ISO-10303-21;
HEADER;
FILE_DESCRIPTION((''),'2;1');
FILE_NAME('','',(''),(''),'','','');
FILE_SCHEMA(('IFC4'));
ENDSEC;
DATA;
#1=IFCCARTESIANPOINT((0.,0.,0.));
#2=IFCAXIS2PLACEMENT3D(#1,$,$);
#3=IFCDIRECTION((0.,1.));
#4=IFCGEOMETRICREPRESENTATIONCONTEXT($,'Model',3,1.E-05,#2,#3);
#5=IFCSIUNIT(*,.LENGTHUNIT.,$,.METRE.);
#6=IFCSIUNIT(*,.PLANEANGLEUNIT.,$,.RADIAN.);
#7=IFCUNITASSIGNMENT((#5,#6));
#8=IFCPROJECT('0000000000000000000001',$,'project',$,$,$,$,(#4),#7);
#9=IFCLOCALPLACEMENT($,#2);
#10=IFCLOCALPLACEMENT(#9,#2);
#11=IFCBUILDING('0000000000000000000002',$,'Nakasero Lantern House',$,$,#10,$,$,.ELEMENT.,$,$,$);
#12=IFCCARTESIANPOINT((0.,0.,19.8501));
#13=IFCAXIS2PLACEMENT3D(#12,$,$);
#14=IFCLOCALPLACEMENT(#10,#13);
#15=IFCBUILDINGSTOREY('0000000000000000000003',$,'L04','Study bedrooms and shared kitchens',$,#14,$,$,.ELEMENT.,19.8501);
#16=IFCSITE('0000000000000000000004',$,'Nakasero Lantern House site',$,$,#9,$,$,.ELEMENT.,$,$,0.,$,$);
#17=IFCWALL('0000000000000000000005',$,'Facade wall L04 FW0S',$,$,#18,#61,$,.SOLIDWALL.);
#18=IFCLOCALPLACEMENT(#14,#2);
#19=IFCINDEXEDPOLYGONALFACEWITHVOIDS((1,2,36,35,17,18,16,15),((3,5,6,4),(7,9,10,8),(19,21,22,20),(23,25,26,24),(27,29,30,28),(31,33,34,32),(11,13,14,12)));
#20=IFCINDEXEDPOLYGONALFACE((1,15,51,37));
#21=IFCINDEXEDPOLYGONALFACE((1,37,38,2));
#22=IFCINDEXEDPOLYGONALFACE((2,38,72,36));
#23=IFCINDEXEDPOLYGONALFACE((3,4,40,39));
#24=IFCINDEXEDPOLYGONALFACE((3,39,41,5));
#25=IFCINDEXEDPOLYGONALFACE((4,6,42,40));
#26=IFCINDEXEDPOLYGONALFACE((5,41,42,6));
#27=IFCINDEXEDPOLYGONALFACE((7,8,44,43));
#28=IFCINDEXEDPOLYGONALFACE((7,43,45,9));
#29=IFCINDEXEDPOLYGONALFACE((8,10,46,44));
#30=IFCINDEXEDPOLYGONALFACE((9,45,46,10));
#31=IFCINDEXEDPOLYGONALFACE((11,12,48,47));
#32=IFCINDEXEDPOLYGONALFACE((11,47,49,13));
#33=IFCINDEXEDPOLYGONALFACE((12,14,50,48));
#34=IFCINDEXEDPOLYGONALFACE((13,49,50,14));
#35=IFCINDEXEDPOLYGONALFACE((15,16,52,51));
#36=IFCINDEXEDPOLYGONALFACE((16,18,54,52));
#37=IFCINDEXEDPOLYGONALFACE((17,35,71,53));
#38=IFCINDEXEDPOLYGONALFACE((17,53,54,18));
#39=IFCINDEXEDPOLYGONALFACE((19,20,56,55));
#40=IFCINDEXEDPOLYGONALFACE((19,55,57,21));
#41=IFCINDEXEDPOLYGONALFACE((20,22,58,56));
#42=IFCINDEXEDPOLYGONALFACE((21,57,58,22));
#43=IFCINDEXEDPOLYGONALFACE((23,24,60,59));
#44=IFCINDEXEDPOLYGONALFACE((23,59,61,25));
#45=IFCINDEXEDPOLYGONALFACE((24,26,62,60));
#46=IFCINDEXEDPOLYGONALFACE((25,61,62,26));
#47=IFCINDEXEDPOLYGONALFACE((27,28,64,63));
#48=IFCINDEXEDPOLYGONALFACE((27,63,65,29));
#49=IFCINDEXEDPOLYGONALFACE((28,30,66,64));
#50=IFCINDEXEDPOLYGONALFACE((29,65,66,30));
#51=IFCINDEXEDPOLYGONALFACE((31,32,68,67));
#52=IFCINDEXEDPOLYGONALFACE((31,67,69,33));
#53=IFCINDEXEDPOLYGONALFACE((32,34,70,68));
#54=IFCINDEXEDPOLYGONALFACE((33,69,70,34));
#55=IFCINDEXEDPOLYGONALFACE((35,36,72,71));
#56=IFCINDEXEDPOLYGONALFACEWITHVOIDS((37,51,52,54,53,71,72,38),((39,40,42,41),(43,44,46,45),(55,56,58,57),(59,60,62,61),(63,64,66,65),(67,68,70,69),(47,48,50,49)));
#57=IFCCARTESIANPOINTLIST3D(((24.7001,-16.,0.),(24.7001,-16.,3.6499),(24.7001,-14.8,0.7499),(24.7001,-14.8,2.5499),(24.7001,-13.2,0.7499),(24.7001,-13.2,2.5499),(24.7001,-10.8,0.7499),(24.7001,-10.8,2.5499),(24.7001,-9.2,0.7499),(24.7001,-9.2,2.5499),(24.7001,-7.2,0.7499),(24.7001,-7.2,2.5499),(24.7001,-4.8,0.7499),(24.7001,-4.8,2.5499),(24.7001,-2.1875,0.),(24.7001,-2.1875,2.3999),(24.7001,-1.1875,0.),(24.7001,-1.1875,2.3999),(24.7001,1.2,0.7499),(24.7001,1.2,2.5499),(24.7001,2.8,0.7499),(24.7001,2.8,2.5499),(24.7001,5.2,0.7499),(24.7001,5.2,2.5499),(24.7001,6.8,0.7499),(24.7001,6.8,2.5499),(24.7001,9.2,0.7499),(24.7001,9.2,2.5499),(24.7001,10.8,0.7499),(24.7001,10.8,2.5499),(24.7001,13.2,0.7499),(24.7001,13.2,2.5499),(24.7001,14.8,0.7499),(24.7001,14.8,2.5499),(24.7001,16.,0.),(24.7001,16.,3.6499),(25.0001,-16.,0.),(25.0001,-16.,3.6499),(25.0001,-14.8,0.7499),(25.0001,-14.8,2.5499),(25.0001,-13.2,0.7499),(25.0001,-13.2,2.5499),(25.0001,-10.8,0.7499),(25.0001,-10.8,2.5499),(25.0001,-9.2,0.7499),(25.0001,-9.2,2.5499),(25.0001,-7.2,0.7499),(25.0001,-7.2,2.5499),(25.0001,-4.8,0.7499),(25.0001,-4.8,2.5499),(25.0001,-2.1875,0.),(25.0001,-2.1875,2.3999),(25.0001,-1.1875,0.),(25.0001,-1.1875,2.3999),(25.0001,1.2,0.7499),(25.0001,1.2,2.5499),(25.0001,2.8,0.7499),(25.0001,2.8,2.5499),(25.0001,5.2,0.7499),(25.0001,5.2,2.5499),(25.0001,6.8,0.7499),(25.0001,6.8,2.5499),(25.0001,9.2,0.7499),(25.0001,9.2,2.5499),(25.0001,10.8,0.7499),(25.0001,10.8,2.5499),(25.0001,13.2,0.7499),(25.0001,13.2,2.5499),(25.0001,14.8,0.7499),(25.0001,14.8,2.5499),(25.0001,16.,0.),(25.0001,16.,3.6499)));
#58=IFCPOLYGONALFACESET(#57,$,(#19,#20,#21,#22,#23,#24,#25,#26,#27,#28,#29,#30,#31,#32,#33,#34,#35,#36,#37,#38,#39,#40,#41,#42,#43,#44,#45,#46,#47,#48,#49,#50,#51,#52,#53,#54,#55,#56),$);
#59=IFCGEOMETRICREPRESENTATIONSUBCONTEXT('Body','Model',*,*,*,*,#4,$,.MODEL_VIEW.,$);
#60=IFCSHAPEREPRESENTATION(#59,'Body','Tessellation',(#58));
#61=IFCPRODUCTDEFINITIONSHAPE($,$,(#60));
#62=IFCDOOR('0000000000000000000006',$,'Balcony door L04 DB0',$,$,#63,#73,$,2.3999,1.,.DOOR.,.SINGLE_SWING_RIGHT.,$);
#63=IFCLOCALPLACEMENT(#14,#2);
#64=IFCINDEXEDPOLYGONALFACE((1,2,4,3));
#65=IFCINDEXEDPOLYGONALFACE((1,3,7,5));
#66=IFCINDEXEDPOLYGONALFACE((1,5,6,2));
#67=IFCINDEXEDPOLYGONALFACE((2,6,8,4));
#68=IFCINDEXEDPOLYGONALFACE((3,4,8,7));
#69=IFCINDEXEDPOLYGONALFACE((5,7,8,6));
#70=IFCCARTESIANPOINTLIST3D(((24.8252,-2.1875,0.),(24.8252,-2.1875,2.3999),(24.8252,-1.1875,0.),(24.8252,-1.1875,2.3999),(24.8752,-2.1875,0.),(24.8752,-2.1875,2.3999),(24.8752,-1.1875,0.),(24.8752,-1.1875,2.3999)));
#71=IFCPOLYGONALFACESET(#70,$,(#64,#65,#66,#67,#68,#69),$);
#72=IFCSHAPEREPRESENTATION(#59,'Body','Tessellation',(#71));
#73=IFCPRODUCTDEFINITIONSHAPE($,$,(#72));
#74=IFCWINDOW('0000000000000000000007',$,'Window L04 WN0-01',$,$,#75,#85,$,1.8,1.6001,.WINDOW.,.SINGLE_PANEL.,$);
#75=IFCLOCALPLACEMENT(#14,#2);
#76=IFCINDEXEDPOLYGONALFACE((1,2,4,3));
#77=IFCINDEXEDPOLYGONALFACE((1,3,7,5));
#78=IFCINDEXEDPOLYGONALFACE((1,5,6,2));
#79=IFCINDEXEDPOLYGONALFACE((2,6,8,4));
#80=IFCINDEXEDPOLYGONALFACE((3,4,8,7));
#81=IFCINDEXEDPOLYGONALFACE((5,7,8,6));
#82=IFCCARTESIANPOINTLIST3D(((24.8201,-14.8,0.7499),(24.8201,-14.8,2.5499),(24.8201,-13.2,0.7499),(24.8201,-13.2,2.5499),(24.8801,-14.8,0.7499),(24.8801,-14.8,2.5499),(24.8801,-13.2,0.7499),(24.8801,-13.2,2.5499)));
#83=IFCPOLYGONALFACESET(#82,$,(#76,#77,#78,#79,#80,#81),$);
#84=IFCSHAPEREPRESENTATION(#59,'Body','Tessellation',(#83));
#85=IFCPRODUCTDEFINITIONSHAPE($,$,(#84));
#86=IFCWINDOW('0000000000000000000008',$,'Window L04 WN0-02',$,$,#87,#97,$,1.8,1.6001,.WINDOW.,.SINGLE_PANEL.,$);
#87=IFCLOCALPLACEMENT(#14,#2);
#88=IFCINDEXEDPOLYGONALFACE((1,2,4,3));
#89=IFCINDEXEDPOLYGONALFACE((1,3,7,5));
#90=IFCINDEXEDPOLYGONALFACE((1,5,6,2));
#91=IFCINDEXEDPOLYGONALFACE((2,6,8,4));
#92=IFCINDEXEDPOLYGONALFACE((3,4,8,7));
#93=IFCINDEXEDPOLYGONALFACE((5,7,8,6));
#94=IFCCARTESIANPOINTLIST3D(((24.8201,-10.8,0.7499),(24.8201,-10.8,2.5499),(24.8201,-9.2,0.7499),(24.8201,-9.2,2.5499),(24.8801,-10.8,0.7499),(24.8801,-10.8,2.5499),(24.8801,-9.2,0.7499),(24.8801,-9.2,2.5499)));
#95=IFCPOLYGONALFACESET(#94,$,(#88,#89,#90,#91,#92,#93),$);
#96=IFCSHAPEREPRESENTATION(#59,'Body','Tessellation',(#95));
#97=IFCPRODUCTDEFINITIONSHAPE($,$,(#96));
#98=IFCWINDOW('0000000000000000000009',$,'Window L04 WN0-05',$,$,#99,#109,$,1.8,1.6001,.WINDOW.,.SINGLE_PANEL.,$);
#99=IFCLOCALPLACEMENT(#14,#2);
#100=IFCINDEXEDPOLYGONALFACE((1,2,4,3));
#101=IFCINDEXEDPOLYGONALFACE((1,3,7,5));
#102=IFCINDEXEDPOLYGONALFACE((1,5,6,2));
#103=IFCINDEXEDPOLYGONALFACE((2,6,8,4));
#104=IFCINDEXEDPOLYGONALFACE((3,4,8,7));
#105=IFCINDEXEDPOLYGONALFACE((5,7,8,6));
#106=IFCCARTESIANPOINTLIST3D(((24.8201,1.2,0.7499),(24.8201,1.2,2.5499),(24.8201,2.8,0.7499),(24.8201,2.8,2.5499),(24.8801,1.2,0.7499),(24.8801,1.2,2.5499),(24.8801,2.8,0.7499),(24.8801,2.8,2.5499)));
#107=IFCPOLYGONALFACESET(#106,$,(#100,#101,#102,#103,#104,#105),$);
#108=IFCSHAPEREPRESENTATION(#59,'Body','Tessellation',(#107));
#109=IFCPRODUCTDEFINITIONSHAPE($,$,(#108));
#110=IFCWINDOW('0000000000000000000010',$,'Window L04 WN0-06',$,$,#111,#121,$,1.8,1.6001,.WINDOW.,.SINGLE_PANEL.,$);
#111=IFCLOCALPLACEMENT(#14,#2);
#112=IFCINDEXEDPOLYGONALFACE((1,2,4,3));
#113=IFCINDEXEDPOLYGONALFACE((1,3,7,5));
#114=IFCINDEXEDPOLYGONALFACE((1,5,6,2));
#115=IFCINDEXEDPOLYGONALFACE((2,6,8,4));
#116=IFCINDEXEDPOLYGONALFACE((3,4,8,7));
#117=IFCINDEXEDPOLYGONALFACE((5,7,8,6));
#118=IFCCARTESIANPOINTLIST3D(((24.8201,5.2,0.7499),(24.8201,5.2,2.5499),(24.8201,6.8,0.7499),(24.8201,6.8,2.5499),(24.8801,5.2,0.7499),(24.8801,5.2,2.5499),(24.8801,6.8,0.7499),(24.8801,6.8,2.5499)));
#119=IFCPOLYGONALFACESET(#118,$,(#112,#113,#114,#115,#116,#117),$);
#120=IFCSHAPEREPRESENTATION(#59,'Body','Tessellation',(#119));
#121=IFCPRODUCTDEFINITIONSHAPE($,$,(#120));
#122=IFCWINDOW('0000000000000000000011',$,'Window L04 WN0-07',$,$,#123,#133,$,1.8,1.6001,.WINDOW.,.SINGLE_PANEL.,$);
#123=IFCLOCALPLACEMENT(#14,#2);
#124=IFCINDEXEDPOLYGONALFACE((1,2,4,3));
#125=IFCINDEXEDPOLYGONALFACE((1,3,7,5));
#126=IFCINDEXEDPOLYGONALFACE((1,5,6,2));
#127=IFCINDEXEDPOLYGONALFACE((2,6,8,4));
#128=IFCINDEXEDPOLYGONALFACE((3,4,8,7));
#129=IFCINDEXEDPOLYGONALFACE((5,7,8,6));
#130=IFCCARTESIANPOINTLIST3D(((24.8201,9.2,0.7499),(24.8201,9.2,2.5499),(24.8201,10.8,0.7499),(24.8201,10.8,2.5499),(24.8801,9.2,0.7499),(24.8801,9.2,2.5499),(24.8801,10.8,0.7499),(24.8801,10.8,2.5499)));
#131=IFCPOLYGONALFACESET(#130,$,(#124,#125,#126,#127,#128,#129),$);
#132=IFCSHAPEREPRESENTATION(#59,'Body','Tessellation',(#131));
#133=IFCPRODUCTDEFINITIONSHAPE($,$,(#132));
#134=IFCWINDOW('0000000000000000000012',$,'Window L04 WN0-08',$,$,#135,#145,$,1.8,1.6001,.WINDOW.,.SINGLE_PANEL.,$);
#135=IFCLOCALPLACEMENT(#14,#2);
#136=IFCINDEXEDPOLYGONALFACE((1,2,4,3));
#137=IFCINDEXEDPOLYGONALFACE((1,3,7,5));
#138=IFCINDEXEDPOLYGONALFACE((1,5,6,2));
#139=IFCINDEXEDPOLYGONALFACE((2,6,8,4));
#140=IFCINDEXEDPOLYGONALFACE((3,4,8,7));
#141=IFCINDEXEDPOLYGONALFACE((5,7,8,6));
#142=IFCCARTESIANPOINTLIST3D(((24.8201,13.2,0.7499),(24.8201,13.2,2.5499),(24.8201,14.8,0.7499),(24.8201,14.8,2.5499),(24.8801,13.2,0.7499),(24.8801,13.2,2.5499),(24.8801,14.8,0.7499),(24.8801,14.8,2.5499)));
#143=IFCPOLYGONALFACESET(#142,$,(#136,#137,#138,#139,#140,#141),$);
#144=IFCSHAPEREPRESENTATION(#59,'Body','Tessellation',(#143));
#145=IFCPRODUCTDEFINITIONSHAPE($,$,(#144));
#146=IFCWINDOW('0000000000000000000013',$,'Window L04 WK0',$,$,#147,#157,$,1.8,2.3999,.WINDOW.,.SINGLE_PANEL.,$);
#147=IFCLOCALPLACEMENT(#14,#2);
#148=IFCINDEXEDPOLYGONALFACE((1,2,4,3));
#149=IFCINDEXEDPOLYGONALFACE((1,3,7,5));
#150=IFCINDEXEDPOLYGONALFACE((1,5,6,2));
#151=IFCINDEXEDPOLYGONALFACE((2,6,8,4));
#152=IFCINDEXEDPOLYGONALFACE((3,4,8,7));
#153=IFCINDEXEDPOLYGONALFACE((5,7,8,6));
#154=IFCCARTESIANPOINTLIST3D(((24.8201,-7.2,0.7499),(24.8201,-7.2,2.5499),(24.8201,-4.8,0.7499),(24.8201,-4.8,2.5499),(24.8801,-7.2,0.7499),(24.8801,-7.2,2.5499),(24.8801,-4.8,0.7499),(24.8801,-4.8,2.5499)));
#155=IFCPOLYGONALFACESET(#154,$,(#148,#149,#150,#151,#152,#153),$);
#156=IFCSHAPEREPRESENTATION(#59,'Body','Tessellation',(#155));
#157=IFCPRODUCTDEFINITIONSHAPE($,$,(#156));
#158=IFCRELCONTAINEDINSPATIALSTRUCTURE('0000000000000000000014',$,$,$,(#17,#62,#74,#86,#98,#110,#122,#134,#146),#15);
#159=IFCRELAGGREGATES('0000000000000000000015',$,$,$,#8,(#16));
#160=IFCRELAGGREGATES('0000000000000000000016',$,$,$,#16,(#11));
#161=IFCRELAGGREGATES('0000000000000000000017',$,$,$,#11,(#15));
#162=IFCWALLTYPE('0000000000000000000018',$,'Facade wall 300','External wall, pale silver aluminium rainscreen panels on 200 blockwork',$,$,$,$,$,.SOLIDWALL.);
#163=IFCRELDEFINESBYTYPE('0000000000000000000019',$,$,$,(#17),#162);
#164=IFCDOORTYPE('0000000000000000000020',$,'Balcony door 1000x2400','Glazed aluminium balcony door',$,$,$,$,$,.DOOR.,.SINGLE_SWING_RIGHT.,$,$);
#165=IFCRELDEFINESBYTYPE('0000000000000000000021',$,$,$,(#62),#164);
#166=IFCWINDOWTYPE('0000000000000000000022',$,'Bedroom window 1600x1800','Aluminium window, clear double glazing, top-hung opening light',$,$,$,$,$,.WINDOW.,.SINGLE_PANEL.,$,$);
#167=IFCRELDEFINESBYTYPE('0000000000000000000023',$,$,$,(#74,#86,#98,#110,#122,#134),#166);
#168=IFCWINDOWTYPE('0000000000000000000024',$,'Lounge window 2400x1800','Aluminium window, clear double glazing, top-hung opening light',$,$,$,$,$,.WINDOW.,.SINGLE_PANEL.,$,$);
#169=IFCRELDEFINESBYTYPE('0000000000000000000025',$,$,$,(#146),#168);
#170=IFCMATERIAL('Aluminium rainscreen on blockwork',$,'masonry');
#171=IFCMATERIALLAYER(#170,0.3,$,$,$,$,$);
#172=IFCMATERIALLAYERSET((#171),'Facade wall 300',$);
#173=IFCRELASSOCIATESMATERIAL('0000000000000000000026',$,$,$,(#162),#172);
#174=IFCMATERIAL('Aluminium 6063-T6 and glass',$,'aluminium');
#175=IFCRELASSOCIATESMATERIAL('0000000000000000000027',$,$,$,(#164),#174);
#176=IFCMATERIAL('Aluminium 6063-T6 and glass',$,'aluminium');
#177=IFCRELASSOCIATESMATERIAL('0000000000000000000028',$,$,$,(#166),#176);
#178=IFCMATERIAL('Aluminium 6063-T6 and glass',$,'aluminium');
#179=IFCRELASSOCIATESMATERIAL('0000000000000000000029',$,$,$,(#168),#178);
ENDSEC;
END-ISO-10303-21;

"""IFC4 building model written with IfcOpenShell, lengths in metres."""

from ifc_helpers import new_model, si_unit, direction, frame, frame_2d, origin, place, context, subcontext, project, spatial, rectangle, extrude, material, layer, layer_set, type_object, element, fill, save


model = new_model("IFC4")

# Units and contexts
model_context = context("Model", 3, precision=1e-05, world=origin(), true_north=direction((0.0, 1.0)))
body_context = subcontext(model_context, "Body", "Model", "MODEL_VIEW")
ifc_project = project(units=[si_unit("LENGTHUNIT", "METRE"), si_unit("PLANEANGLEUNIT", "RADIAN")], contexts=[model_context])

# Site, building, storey
site_placement = place(None, origin())
site = spatial("IfcSite", under=ifc_project, at=site_placement, Name="Nakasero Lantern House site", CompositionType="ELEMENT", RefElevation=0.0)
building_placement = place(site_placement, origin())
building = spatial("IfcBuilding", under=site, at=building_placement, Name="Nakasero Lantern House", CompositionType="ELEMENT")
storey_placement = place(building_placement, frame((0.0, 0.0, 19.8501)))
storey = spatial("IfcBuildingStorey", under=building, at=storey_placement, Name="L04", Description="Study bedrooms and shared kitchens", CompositionType="ELEMENT", Elevation=19.8501)

# Wall, openings, door, windows
ifc_material_1 = material(Name="Aluminium rainscreen on blockwork", Category="masonry")
ifc_layer_1 = layer(ifc_material_1, 0.3)
ifc_layer_set_1 = layer_set([ifc_layer_1], Name="Facade wall 300")
wall_type_1 = type_object("IfcWallType", Name="Facade wall 300", Description="External wall, pale silver aluminium rainscreen panels on 200 blockwork", PredefinedType="SOLIDWALL", material=ifc_layer_set_1)
wall_1_placement = place(storey_placement, frame((24.8501, -16.0, 0.0), z_axis=(0.0, 0.0, 1.0), x_axis=(0.0, 1.0, 0.0)))
wall_1 = element("IfcWall", 1, at=wall_1_placement, inside=storey, type_object=wall_type_1, Name="Facade wall L04 FW0S", PredefinedType="SOLIDWALL", context=body_context, shape_type="SweptSolid", body=[
    extrude(rectangle(XDim=32.0, YDim=0.3, at=frame_2d((16.0, 0.0))), origin(), (0.0, 0.0, 1.0), 3.6499),
])
opening_1_placement = place(wall_1_placement, frame((1.2, 0.0, 0.75)))
opening_1 = element("IfcOpeningElement", 2, at=opening_1_placement, cuts=wall_1, PredefinedType="OPENING", context=body_context, shape_type="SweptSolid", body=[
    extrude(rectangle(XDim=1.6001, YDim=1.8, at=frame_2d((0.8, 0.8999))), frame((0.0, 0.1699, 0.0), z_axis=(0.0, -1.0, 0.0), x_axis=(1.0, 0.0, 0.0)), (0.0, 0.0, 1.0), 0.3401),
])
opening_2_placement = place(wall_1_placement, frame((5.2, 0.0, 0.75)))
opening_2 = element("IfcOpeningElement", 3, at=opening_2_placement, cuts=wall_1, PredefinedType="OPENING", context=body_context, shape_type="SweptSolid", body=[
    extrude(rectangle(XDim=1.6001, YDim=1.8, at=frame_2d((0.8, 0.8999))), frame((0.0, 0.1699, 0.0), z_axis=(0.0, -1.0, 0.0), x_axis=(1.0, 0.0, 0.0)), (0.0, 0.0, 1.0), 0.3401),
])
opening_3_placement = place(wall_1_placement, frame((17.2, 0.0, 0.75)))
opening_3 = element("IfcOpeningElement", 4, at=opening_3_placement, cuts=wall_1, PredefinedType="OPENING", context=body_context, shape_type="SweptSolid", body=[
    extrude(rectangle(XDim=1.6001, YDim=1.8, at=frame_2d((0.8, 0.8999))), frame((0.0, 0.1699, 0.0), z_axis=(0.0, -1.0, 0.0), x_axis=(1.0, 0.0, 0.0)), (0.0, 0.0, 1.0), 0.3401),
])
opening_4_placement = place(wall_1_placement, frame((21.2, 0.0, 0.75)))
opening_4 = element("IfcOpeningElement", 5, at=opening_4_placement, cuts=wall_1, PredefinedType="OPENING", context=body_context, shape_type="SweptSolid", body=[
    extrude(rectangle(XDim=1.6001, YDim=1.8, at=frame_2d((0.8, 0.8999))), frame((0.0, 0.1699, 0.0), z_axis=(0.0, -1.0, 0.0), x_axis=(1.0, 0.0, 0.0)), (0.0, 0.0, 1.0), 0.3401),
])
opening_5_placement = place(wall_1_placement, frame((25.2, 0.0, 0.75)))
opening_5 = element("IfcOpeningElement", 6, at=opening_5_placement, cuts=wall_1, PredefinedType="OPENING", context=body_context, shape_type="SweptSolid", body=[
    extrude(rectangle(XDim=1.6001, YDim=1.8, at=frame_2d((0.8, 0.8999))), frame((0.0, 0.1699, 0.0), z_axis=(0.0, -1.0, 0.0), x_axis=(1.0, 0.0, 0.0)), (0.0, 0.0, 1.0), 0.3401),
])
opening_6_placement = place(wall_1_placement, frame((29.2, 0.0, 0.75)))
opening_6 = element("IfcOpeningElement", 7, at=opening_6_placement, cuts=wall_1, PredefinedType="OPENING", context=body_context, shape_type="SweptSolid", body=[
    extrude(rectangle(XDim=1.6001, YDim=1.8, at=frame_2d((0.8, 0.8999))), frame((0.0, 0.1699, 0.0), z_axis=(0.0, -1.0, 0.0), x_axis=(1.0, 0.0, 0.0)), (0.0, 0.0, 1.0), 0.3401),
])
opening_7_placement = place(wall_1_placement, frame((8.8, 0.0, 0.75)))
opening_7 = element("IfcOpeningElement", 8, at=opening_7_placement, cuts=wall_1, PredefinedType="OPENING", context=body_context, shape_type="SweptSolid", body=[
    extrude(rectangle(XDim=2.3999, YDim=1.8, at=frame_2d((1.2, 0.8999))), frame((0.0, 0.1699, 0.0), z_axis=(0.0, -1.0, 0.0), x_axis=(1.0, 0.0, 0.0)), (0.0, 0.0, 1.0), 0.3401),
])
opening_8_placement = place(wall_1_placement, frame((13.8125, 0.0, 0.0)))
opening_8 = element("IfcOpeningElement", 9, at=opening_8_placement, cuts=wall_1, PredefinedType="OPENING", context=body_context, shape_type="SweptSolid", body=[
    extrude(rectangle(XDim=1.0, YDim=2.3999, at=frame_2d((0.5, 1.2))), frame((0.0, 0.1699, 0.0), z_axis=(0.0, -1.0, 0.0), x_axis=(1.0, 0.0, 0.0)), (0.0, 0.0, 1.0), 0.3401),
])
ifc_material_2 = material(Name="Aluminium 6063-T6 and glass", Category="aluminium")
door_type = type_object("IfcDoorType", Name="Balcony door 1000x2400", Description="Glazed aluminium balcony door", OperationType="SINGLE_SWING_RIGHT", PredefinedType="DOOR", material=ifc_material_2)
door_placement = place(opening_8_placement, origin())
door = element("IfcDoor", 10, at=door_placement, inside=storey, type_object=door_type, Name="Balcony door L04 DB0", OperationType="SINGLE_SWING_RIGHT", OverallHeight=2.3999, OverallWidth=1.0, PredefinedType="DOOR", context=body_context, shape_type="SweptSolid", body=[
    extrude(rectangle(XDim=1.0, YDim=2.3999, at=frame_2d((0.5, 1.2))), frame((0.0, 0.0249, 0.0), z_axis=(0.0, -1.0, 0.0), x_axis=(1.0, 0.0, 0.0)), (0.0, 0.0, 1.0), 0.05),
])
fill(opening_8, door)
ifc_material_3 = material(Name="Aluminium 6063-T6 and glass", Category="aluminium")
window_type_1 = type_object("IfcWindowType", Name="Bedroom window 1600x1800", Description="Aluminium window, clear double glazing, top-hung opening light", PartitioningType="SINGLE_PANEL", PredefinedType="WINDOW", material=ifc_material_3)
window_1_placement = place(opening_1_placement, origin())
window_1 = element("IfcWindow", 11, at=window_1_placement, inside=storey, type_object=window_type_1, Name="Window L04 WN0-01", OverallHeight=1.8, OverallWidth=1.6001, PartitioningType="SINGLE_PANEL", PredefinedType="WINDOW", context=body_context, shape_type="SweptSolid", body=[
    extrude(rectangle(XDim=1.6001, YDim=1.8, at=frame_2d((0.8, 0.8999))), frame((0.0, 0.03, 0.0), z_axis=(0.0, -1.0, 0.0), x_axis=(1.0, 0.0, 0.0)), (0.0, 0.0, 1.0), 0.0601),
])
fill(opening_1, window_1)
window_2_placement = place(opening_2_placement, origin())
window_2 = element("IfcWindow", 12, at=window_2_placement, inside=storey, type_object=window_type_1, Name="Window L04 WN0-02", OverallHeight=1.8, OverallWidth=1.6001, PartitioningType="SINGLE_PANEL", PredefinedType="WINDOW", context=body_context, shape_type="SweptSolid", body=[
    extrude(rectangle(XDim=1.6001, YDim=1.8, at=frame_2d((0.8, 0.8999))), frame((0.0, 0.03, 0.0), z_axis=(0.0, -1.0, 0.0), x_axis=(1.0, 0.0, 0.0)), (0.0, 0.0, 1.0), 0.0601),
])
fill(opening_2, window_2)
window_3_placement = place(opening_3_placement, origin())
window_3 = element("IfcWindow", 13, at=window_3_placement, inside=storey, type_object=window_type_1, Name="Window L04 WN0-05", OverallHeight=1.8, OverallWidth=1.6001, PartitioningType="SINGLE_PANEL", PredefinedType="WINDOW", context=body_context, shape_type="SweptSolid", body=[
    extrude(rectangle(XDim=1.6001, YDim=1.8, at=frame_2d((0.8, 0.8999))), frame((0.0, 0.03, 0.0), z_axis=(0.0, -1.0, 0.0), x_axis=(1.0, 0.0, 0.0)), (0.0, 0.0, 1.0), 0.0601),
])
fill(opening_3, window_3)
window_4_placement = place(opening_4_placement, origin())
window_4 = element("IfcWindow", 14, at=window_4_placement, inside=storey, type_object=window_type_1, Name="Window L04 WN0-06", OverallHeight=1.8, OverallWidth=1.6001, PartitioningType="SINGLE_PANEL", PredefinedType="WINDOW", context=body_context, shape_type="SweptSolid", body=[
    extrude(rectangle(XDim=1.6001, YDim=1.8, at=frame_2d((0.8, 0.8999))), frame((0.0, 0.03, 0.0), z_axis=(0.0, -1.0, 0.0), x_axis=(1.0, 0.0, 0.0)), (0.0, 0.0, 1.0), 0.0601),
])
fill(opening_4, window_4)
window_5_placement = place(opening_5_placement, origin())
window_5 = element("IfcWindow", 15, at=window_5_placement, inside=storey, type_object=window_type_1, Name="Window L04 WN0-07", OverallHeight=1.8, OverallWidth=1.6001, PartitioningType="SINGLE_PANEL", PredefinedType="WINDOW", context=body_context, shape_type="SweptSolid", body=[
    extrude(rectangle(XDim=1.6001, YDim=1.8, at=frame_2d((0.8, 0.8999))), frame((0.0, 0.03, 0.0), z_axis=(0.0, -1.0, 0.0), x_axis=(1.0, 0.0, 0.0)), (0.0, 0.0, 1.0), 0.0601),
])
fill(opening_5, window_5)
window_6_placement = place(opening_6_placement, origin())
window_6 = element("IfcWindow", 16, at=window_6_placement, inside=storey, type_object=window_type_1, Name="Window L04 WN0-08", OverallHeight=1.8, OverallWidth=1.6001, PartitioningType="SINGLE_PANEL", PredefinedType="WINDOW", context=body_context, shape_type="SweptSolid", body=[
    extrude(rectangle(XDim=1.6001, YDim=1.8, at=frame_2d((0.8, 0.8999))), frame((0.0, 0.03, 0.0), z_axis=(0.0, -1.0, 0.0), x_axis=(1.0, 0.0, 0.0)), (0.0, 0.0, 1.0), 0.0601),
])
fill(opening_6, window_6)
ifc_material_4 = material(Name="Aluminium 6063-T6 and glass", Category="aluminium")
window_type_2 = type_object("IfcWindowType", Name="Lounge window 2400x1800", Description="Aluminium window, clear double glazing, top-hung opening light", PartitioningType="SINGLE_PANEL", PredefinedType="WINDOW", material=ifc_material_4)
window_7_placement = place(opening_7_placement, origin())
window_7 = element("IfcWindow", 17, at=window_7_placement, inside=storey, type_object=window_type_2, Name="Window L04 WK0", OverallHeight=1.8, OverallWidth=2.3999, PartitioningType="SINGLE_PANEL", PredefinedType="WINDOW", context=body_context, shape_type="SweptSolid", body=[
    extrude(rectangle(XDim=2.3999, YDim=1.8, at=frame_2d((1.2, 0.8999))), frame((0.0, 0.03, 0.0), z_axis=(0.0, -1.0, 0.0), x_axis=(1.0, 0.0, 0.0)), (0.0, 0.0, 1.0), 0.0601),
])
fill(opening_7, window_7)

save(model, "model.ifc")
